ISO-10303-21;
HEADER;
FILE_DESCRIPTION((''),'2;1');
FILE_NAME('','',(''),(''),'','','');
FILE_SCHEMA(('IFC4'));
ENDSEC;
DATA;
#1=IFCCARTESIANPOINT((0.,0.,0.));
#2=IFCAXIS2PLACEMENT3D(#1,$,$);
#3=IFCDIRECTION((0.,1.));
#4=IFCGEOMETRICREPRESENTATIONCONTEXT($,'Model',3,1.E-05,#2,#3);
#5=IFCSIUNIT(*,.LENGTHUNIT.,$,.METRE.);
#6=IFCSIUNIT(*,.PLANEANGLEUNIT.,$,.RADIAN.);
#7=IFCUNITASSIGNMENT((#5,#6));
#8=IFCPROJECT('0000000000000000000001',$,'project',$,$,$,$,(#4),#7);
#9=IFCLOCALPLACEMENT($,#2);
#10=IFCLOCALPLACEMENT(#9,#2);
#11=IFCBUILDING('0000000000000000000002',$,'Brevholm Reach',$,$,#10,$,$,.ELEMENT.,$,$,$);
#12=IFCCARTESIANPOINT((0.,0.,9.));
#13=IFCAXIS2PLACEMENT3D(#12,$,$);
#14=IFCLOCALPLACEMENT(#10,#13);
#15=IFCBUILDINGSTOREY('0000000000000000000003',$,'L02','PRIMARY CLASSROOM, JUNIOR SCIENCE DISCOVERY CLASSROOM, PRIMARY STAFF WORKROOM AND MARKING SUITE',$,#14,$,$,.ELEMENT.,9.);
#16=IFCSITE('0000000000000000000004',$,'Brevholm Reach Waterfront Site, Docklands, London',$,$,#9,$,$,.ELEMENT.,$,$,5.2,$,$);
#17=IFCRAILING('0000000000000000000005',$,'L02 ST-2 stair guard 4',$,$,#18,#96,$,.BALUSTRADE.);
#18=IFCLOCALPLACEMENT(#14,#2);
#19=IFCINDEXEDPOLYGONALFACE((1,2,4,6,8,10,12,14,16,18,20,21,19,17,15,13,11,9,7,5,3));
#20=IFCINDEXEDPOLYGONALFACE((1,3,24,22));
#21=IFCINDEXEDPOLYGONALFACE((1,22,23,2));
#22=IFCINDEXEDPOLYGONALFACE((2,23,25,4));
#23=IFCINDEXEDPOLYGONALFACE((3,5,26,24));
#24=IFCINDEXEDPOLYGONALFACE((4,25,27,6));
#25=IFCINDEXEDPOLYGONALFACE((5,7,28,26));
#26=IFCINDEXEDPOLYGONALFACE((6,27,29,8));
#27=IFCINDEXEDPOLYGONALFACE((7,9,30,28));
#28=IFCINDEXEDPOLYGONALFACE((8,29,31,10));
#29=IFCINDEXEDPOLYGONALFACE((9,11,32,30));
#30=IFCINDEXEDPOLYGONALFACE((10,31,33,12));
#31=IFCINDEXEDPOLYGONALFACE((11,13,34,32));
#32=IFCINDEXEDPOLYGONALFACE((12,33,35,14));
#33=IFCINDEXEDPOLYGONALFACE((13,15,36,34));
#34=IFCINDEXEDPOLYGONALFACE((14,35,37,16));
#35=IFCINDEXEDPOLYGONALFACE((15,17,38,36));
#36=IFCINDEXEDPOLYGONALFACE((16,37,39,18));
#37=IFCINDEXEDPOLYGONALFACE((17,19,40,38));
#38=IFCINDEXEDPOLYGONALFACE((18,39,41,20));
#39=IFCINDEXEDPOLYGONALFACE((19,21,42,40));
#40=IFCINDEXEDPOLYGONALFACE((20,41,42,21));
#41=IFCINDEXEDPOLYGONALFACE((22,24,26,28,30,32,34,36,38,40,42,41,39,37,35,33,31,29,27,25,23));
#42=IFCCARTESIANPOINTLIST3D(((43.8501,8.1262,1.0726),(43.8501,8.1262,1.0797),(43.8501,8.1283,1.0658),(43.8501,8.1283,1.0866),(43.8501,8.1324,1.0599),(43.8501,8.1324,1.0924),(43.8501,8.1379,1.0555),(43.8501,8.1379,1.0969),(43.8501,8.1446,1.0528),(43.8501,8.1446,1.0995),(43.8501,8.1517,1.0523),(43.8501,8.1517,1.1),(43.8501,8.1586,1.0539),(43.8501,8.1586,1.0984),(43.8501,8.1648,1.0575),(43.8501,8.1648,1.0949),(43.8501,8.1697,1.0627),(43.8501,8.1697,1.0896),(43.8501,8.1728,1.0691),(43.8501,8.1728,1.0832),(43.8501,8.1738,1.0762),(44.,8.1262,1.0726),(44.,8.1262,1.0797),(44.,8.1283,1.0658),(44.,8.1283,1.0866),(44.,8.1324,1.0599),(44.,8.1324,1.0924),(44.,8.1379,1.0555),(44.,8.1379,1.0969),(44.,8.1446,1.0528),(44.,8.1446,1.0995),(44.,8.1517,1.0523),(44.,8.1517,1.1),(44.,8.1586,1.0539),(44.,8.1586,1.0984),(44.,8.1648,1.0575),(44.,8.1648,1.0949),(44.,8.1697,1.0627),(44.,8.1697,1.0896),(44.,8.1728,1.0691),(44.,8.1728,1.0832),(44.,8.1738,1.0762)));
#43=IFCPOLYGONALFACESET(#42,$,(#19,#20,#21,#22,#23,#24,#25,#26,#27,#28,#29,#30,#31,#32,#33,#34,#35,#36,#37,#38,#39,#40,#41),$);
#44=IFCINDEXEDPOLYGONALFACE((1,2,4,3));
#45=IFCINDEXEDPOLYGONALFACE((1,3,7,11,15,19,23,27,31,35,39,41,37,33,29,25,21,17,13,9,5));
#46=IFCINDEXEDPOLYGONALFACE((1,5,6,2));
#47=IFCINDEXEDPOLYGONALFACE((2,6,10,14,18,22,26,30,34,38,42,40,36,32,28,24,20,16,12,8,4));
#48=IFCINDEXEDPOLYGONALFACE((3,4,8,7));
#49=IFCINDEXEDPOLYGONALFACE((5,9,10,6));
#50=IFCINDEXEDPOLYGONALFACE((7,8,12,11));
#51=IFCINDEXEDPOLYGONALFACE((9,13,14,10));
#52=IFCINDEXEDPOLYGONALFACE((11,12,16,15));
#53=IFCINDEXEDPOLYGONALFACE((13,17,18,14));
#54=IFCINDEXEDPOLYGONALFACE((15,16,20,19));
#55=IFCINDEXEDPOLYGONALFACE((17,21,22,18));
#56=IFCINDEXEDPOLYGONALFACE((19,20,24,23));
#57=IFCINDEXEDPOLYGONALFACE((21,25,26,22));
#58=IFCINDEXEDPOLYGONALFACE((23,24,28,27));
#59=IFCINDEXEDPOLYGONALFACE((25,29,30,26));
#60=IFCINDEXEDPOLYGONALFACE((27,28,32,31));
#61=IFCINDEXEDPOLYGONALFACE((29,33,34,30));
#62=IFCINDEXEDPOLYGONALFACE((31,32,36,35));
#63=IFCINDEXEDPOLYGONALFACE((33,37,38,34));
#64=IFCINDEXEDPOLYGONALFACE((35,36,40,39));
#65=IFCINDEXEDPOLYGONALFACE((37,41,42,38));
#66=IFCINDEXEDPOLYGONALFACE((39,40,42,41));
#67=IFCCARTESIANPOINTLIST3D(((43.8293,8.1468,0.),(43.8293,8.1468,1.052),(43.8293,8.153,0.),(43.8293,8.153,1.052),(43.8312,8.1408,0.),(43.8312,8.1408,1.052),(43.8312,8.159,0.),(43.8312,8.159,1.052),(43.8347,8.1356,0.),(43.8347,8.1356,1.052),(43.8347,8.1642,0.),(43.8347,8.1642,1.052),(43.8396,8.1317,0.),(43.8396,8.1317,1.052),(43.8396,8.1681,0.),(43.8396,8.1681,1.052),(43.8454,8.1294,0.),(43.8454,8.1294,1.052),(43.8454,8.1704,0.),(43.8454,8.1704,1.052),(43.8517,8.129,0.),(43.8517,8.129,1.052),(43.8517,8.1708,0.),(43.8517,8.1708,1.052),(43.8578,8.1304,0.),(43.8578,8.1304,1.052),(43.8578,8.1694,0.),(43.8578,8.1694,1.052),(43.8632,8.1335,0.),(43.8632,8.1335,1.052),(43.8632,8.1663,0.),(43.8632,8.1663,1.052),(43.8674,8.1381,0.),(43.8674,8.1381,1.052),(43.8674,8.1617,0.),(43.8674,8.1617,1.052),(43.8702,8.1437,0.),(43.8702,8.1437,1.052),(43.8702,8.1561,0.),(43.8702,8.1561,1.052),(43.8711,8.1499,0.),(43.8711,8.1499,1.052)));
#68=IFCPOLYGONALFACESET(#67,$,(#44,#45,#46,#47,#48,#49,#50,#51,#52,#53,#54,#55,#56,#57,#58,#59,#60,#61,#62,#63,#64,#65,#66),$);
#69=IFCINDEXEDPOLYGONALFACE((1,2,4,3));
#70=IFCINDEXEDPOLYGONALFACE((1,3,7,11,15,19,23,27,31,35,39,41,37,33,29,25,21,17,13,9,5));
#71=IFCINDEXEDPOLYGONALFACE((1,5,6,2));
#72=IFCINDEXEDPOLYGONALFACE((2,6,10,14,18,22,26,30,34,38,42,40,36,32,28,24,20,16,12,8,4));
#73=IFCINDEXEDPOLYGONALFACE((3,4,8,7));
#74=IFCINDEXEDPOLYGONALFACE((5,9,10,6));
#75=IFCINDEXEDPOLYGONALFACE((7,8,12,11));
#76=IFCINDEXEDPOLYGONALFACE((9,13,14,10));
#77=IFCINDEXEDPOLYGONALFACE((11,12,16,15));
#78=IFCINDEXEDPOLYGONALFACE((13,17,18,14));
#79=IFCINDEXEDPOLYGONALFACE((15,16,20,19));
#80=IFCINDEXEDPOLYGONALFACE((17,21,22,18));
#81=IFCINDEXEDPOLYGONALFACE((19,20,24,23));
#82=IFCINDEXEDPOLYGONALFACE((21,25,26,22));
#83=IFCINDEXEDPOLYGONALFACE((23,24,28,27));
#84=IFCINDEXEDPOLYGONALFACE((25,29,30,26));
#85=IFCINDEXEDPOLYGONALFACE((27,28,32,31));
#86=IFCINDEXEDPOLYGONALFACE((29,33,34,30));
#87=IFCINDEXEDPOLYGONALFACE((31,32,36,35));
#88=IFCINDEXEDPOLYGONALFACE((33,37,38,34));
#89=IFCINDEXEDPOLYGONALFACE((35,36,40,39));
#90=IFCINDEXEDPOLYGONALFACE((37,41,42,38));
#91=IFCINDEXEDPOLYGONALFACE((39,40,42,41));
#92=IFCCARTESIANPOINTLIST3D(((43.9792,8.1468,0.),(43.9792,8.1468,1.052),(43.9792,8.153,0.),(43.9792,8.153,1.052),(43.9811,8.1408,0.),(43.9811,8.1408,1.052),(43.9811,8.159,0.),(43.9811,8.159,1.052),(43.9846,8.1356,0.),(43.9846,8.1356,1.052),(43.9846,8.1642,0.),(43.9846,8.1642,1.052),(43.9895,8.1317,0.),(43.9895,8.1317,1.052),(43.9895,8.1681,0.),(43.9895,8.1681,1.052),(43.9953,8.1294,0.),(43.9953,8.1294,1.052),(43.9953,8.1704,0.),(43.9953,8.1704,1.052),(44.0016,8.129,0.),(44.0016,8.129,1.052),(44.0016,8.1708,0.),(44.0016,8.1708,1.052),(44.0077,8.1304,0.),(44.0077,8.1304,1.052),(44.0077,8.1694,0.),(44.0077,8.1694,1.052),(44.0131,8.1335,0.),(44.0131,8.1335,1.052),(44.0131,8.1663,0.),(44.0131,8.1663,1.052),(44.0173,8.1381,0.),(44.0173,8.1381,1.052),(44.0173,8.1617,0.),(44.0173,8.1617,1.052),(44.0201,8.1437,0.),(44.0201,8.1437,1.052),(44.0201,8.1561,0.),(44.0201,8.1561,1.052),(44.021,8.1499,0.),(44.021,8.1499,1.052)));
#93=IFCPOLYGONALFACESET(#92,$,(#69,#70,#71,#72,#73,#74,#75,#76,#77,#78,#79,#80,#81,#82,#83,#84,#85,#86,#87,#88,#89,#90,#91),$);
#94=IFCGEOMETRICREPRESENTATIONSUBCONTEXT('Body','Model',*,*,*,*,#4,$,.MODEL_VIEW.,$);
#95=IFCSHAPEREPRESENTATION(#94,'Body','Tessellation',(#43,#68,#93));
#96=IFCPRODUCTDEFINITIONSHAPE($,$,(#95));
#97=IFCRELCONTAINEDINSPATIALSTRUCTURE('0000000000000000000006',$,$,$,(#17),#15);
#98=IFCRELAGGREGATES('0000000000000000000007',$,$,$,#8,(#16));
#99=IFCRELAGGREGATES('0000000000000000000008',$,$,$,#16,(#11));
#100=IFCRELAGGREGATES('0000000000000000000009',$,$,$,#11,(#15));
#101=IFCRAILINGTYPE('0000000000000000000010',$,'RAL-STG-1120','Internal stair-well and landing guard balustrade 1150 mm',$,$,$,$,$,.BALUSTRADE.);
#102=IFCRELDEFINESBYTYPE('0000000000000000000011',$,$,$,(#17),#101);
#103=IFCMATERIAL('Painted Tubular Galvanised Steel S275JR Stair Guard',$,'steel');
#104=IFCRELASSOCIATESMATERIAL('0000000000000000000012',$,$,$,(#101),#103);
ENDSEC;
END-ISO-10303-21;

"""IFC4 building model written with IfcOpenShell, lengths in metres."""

from ifc_helpers import new_model, si_unit, direction, frame, origin, origin_2d, place, context, subcontext, project, spatial, circle, extrude, material, type_object, element, save


model = new_model("IFC4")

# Units and contexts
model_context = context("Model", 3, precision=1e-05, world=origin(), true_north=direction((0.0, 1.0)))
body_context = subcontext(model_context, "Body", "Model", "MODEL_VIEW")
ifc_project = project(units=[si_unit("LENGTHUNIT", "METRE"), si_unit("PLANEANGLEUNIT", "RADIAN")], contexts=[model_context])

# Site, building, storey
site_placement = place(None, origin())
site = spatial("IfcSite", under=ifc_project, at=site_placement, Name="Brevholm Reach Waterfront Site, Docklands, London", CompositionType="ELEMENT", RefElevation=5.2)
building_placement = place(site_placement, origin())
building = spatial("IfcBuilding", under=site, at=building_placement, Name="Brevholm Reach", CompositionType="ELEMENT")
storey_placement = place(building_placement, frame((0.0, 0.0, 9.0)))
storey = spatial("IfcBuildingStorey", under=building, at=storey_placement, Name="L02", Description="PRIMARY CLASSROOM, JUNIOR SCIENCE DISCOVERY CLASSROOM, PRIMARY STAFF WORKROOM AND MARKING SUITE", CompositionType="ELEMENT", Elevation=9.0)

# Railing
ifc_material_1 = material(Name="Painted Tubular Galvanised Steel S275JR Stair Guard", Category="steel")
railing_type_1 = type_object("IfcRailingType", Name="RAL-STG-1120", Description="Internal stair-well and landing guard balustrade 1150 mm", PredefinedType="BALUSTRADE", material=ifc_material_1)
railing_1_placement = place(storey_placement, frame((43.8501, 8.1499, 0.0)))
element("IfcRailing", 1, at=railing_1_placement, inside=storey, type_object=railing_type_1, Name="L02 ST-2 stair guard 4", PredefinedType="BALUSTRADE", context=body_context, shape_type="SweptSolid", body=[
    extrude(circle(Radius=0.0239, at=origin_2d()), frame((0.0, 0.0, 1.0762), z_axis=(1.0, 0.0, 0.0), x_axis=(0.0, 1.0, 0.0)), (0.0, 0.0, 1.0), 0.1499),
    extrude(circle(Radius=0.021, at=origin_2d()), origin(), (0.0, 0.0, 1.0), 1.052),
    extrude(circle(Radius=0.021, at=origin_2d()), frame((0.1499, 0.0, 0.0)), (0.0, 0.0, 1.0), 1.052),
])

save(model, "model.ifc")
